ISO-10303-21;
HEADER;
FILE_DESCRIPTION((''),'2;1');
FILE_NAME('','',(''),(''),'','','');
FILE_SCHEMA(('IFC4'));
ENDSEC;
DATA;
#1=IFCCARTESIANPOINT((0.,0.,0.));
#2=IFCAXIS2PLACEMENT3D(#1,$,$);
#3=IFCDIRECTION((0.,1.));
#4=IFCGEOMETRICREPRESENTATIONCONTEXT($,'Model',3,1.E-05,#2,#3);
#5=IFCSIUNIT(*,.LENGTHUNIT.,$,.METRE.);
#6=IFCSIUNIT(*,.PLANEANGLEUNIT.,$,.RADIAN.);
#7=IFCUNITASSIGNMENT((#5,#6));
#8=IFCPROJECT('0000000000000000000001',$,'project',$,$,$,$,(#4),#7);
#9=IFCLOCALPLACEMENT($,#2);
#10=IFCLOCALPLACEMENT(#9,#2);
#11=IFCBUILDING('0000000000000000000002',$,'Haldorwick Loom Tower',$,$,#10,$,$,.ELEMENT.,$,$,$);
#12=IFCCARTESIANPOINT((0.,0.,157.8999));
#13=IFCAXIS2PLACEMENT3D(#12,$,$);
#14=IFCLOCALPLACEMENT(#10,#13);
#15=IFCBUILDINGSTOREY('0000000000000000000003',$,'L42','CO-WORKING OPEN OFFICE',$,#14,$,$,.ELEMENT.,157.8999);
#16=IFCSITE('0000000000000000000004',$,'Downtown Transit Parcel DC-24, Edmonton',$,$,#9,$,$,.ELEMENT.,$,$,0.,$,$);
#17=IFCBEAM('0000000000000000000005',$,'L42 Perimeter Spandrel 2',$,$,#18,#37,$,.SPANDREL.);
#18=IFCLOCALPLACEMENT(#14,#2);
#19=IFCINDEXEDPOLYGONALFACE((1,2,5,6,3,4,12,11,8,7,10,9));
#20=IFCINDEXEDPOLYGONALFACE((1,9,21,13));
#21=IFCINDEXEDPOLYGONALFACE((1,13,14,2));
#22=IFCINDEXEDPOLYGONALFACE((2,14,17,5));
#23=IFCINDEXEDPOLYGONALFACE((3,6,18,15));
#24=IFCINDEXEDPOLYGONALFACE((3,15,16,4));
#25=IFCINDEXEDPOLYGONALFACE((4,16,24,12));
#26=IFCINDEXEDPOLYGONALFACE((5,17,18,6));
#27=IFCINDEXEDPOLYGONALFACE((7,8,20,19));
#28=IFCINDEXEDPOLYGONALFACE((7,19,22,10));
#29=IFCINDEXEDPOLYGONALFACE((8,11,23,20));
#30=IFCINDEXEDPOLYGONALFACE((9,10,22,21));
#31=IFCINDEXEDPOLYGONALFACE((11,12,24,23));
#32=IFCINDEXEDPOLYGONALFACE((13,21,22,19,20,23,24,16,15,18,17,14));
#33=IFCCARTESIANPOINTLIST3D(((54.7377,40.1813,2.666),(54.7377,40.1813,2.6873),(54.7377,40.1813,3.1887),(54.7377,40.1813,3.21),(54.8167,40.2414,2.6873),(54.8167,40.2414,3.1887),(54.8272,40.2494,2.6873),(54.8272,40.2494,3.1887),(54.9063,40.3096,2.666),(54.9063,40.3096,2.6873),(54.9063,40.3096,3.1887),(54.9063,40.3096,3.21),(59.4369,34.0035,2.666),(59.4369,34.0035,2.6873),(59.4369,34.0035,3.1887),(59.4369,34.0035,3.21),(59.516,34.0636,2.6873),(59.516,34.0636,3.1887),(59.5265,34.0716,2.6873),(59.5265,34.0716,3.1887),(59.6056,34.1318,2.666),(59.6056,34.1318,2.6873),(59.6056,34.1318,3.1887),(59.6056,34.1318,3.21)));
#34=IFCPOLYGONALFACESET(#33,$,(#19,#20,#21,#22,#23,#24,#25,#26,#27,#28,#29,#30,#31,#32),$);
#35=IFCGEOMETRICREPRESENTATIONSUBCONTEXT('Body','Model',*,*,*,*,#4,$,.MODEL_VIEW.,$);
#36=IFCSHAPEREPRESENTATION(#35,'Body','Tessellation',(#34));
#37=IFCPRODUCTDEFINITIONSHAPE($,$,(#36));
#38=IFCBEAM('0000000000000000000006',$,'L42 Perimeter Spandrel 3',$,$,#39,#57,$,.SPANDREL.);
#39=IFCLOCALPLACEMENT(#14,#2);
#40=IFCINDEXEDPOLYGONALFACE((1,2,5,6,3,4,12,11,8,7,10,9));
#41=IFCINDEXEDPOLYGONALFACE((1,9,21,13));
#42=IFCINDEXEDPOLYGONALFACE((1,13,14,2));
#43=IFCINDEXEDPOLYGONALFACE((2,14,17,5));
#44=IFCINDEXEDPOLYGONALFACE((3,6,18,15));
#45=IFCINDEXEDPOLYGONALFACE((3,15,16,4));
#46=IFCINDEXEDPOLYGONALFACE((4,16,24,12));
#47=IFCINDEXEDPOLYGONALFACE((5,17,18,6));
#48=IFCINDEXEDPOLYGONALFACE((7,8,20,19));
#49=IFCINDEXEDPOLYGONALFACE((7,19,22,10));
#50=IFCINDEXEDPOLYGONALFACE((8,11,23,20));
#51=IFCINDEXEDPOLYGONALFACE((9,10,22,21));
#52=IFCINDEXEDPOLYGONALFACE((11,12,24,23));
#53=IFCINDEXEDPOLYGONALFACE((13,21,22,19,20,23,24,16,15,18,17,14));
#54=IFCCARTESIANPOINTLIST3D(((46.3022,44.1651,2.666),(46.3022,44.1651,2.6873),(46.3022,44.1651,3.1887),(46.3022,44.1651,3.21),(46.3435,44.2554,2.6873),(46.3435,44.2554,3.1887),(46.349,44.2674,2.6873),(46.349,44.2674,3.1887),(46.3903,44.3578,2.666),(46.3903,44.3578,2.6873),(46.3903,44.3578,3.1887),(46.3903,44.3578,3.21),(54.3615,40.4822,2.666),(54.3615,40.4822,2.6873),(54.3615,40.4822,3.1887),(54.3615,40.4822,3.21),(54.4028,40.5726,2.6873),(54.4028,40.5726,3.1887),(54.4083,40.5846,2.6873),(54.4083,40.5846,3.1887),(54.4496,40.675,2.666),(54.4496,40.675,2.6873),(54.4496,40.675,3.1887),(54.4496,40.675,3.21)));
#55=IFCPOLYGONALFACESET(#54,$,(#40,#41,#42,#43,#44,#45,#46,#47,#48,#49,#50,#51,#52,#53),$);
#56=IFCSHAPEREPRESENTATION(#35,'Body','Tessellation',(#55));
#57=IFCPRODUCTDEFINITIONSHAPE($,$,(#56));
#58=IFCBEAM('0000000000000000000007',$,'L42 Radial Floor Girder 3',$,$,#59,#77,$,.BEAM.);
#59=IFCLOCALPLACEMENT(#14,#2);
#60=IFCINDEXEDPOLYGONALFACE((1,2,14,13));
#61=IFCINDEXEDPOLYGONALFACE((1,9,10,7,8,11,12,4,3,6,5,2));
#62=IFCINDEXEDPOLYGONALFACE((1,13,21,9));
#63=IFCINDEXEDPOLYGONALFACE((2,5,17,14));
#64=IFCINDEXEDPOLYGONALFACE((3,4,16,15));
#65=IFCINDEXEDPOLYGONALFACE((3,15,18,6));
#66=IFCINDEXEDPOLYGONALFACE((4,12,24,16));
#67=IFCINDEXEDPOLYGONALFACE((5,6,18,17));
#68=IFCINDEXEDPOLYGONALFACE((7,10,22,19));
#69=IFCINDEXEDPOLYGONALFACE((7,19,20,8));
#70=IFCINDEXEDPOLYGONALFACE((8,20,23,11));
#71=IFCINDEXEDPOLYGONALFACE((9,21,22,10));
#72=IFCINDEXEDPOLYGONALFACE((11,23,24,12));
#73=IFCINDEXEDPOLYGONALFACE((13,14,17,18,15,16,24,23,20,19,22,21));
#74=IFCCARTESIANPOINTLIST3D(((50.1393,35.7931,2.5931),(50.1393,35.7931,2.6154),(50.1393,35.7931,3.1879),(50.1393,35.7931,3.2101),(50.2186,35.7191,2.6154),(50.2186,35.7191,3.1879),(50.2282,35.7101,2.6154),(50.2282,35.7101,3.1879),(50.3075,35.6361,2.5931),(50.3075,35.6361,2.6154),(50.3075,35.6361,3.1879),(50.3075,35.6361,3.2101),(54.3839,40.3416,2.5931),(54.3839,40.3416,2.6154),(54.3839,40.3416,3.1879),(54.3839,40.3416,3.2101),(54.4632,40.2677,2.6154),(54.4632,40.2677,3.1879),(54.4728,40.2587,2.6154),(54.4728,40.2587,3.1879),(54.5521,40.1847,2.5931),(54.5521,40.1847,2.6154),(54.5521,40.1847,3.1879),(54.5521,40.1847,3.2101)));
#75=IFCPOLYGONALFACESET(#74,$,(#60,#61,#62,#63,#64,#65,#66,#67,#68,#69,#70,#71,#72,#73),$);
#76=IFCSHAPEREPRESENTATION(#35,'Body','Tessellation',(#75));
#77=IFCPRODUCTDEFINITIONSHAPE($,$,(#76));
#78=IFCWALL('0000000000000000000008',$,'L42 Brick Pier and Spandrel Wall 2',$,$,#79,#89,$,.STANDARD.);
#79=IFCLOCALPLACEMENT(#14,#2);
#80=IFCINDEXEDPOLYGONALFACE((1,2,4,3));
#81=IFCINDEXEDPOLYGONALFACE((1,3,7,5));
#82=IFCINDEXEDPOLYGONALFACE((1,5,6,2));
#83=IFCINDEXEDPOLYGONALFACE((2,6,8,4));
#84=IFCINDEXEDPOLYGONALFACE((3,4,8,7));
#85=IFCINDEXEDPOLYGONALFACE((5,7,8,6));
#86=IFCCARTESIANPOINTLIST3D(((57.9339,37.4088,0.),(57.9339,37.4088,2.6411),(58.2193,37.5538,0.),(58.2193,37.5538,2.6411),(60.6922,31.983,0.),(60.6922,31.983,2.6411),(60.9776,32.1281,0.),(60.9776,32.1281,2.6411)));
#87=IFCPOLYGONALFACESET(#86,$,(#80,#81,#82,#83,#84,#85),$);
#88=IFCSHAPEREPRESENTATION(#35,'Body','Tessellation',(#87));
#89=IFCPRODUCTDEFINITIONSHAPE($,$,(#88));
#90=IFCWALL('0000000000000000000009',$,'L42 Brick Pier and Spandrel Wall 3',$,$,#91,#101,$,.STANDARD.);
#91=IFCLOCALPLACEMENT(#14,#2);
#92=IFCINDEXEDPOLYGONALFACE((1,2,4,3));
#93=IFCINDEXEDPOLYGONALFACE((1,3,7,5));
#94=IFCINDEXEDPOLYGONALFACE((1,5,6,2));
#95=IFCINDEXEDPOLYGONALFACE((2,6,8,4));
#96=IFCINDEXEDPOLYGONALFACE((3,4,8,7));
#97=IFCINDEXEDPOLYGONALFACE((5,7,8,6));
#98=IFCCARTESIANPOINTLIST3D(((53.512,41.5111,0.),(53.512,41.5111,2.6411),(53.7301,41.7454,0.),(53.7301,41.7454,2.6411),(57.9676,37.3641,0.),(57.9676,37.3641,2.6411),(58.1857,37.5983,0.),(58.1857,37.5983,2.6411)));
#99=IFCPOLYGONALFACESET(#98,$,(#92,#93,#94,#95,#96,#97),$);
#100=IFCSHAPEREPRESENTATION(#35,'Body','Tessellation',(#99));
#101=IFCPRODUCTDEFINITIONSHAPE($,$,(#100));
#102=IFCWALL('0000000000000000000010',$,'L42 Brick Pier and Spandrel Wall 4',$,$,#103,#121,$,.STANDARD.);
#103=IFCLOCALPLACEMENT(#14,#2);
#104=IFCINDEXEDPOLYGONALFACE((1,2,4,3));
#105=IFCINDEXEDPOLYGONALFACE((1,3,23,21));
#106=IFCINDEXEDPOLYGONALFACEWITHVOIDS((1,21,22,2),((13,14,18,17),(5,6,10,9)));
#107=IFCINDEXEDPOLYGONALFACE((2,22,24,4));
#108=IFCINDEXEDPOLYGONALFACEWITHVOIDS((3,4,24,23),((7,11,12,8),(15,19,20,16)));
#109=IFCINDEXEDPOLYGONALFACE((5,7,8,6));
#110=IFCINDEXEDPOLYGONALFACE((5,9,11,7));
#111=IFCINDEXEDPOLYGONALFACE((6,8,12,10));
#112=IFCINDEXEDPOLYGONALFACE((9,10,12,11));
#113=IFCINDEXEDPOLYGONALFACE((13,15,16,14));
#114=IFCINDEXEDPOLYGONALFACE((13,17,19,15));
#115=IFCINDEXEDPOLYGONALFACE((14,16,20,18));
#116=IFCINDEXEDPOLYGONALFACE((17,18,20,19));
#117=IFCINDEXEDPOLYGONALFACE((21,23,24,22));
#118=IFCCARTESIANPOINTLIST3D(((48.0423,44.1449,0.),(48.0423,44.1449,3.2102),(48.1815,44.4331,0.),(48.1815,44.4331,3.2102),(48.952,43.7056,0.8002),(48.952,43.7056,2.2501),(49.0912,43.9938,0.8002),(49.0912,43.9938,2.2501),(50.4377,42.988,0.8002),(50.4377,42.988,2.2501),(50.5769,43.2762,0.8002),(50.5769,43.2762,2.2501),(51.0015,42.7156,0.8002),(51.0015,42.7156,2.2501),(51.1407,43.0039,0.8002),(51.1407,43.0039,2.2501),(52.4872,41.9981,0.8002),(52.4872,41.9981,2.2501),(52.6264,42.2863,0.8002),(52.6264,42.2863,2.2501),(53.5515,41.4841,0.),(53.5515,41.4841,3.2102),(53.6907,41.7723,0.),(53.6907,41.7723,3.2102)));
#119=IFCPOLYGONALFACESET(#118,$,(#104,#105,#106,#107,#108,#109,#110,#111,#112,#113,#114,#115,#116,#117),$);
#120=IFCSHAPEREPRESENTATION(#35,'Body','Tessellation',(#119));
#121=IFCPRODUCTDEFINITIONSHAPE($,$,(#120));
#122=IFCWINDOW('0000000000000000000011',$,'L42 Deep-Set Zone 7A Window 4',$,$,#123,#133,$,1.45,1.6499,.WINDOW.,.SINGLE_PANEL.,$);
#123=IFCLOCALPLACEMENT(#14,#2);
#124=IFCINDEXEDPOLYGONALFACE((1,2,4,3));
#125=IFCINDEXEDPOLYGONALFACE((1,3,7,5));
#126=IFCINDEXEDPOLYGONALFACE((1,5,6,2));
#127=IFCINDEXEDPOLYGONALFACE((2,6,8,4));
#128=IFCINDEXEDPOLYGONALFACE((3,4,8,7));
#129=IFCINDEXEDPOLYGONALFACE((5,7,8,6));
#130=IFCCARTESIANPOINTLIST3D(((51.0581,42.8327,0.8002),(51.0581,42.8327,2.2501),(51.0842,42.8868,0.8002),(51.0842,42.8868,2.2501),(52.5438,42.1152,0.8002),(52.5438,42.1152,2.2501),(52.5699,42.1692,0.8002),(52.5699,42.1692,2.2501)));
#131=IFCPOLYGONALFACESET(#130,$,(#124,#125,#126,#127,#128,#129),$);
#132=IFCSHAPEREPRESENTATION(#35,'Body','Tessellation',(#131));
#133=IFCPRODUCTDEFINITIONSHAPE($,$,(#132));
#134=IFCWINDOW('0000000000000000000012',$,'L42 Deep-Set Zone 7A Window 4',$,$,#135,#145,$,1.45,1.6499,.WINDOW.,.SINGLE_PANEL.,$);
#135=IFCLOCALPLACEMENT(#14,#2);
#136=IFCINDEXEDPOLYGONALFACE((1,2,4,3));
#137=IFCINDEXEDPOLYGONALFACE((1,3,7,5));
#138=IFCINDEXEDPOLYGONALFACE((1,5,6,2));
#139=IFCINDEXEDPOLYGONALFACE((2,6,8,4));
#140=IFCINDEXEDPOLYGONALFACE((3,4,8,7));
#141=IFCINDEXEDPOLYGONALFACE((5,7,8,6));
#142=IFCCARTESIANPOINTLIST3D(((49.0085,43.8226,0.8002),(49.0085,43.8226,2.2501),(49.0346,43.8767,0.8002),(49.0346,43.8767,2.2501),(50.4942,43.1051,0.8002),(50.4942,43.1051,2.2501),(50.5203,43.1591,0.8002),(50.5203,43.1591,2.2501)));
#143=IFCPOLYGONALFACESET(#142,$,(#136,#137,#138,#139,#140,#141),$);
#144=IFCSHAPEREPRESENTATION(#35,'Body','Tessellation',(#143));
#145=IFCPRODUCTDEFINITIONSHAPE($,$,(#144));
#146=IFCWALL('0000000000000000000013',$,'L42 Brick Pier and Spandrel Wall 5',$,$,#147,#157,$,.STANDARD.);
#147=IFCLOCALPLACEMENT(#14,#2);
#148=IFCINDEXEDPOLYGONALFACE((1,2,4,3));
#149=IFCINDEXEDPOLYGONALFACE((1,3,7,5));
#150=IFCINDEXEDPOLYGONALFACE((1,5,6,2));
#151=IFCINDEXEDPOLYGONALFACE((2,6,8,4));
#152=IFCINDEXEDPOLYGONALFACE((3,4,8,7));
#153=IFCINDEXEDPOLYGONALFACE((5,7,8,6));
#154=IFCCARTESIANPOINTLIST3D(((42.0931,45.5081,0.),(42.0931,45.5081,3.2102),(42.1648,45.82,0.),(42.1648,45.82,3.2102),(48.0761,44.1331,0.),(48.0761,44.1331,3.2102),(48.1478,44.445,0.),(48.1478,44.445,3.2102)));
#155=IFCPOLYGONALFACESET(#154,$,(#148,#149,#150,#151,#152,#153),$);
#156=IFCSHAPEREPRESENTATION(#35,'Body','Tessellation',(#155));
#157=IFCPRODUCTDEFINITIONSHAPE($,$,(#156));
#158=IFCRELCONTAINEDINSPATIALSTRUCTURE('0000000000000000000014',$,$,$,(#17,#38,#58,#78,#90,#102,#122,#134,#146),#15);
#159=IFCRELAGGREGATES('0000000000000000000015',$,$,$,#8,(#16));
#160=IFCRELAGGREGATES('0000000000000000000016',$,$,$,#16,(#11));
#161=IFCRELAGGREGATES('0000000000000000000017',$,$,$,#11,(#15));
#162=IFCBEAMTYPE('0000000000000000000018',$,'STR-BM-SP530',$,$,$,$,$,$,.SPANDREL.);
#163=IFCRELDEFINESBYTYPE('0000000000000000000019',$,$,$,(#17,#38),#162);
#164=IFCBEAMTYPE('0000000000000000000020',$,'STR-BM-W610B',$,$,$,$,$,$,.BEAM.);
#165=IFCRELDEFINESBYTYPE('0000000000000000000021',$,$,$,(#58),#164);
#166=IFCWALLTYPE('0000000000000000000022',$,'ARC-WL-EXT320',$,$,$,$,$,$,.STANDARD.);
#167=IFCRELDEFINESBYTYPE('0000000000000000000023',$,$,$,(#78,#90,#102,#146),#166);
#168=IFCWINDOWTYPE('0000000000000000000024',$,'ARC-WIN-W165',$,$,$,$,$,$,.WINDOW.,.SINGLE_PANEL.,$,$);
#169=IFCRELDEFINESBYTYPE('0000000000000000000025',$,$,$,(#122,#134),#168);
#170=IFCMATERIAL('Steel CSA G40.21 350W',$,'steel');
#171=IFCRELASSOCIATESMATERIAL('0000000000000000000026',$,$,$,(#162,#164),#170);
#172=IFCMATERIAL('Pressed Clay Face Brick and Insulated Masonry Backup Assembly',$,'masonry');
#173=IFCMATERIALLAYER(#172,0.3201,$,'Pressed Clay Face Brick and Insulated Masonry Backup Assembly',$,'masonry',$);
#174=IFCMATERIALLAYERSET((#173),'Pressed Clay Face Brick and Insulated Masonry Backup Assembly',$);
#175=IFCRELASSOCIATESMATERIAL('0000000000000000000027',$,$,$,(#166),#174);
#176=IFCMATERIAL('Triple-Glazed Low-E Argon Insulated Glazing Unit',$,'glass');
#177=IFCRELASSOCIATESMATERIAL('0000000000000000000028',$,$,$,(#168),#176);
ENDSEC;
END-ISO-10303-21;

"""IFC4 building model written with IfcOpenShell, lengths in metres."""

from ifc_helpers import new_model, si_unit, direction, frame, frame_2d, origin, origin_2d, place, context, subcontext, project, spatial, rectangle, i_section, extrude, material, layer, layer_set, material_profile, profile_set, type_object, element, fill, save


model = new_model("IFC4")

# Units and contexts
model_context = context("Model", 3, precision=1e-05, world=origin(), true_north=direction((0.0, 1.0)))
body_context = subcontext(model_context, "Body", "Model", "MODEL_VIEW")
ifc_project = project(units=[si_unit("LENGTHUNIT", "METRE"), si_unit("PLANEANGLEUNIT", "RADIAN")], contexts=[model_context])

# Site, building, storey
site_placement = place(None, origin())
site = spatial("IfcSite", under=ifc_project, at=site_placement, Name="Downtown Transit Parcel DC-24, Edmonton", CompositionType="ELEMENT", RefElevation=0.0)
building_placement = place(site_placement, origin())
building = spatial("IfcBuilding", under=site, at=building_placement, Name="Haldorwick Loom Tower", CompositionType="ELEMENT")
storey_placement = place(building_placement, frame((0.0, 0.0, 157.8999)))
storey = spatial("IfcBuildingStorey", under=building, at=storey_placement, Name="L42", Description="CO-WORKING OPEN OFFICE", CompositionType="ELEMENT", Elevation=157.8999)

# Beams
ifc_material_1 = material(Name="Steel CSA G40.21 350W", Category="steel")
ifc_material_profile_1 = material_profile(ifc_material_1, i_section(OverallWidth=0.2119, OverallDepth=0.5439, WebThickness=0.0132, FlangeThickness=0.0212, at=origin_2d()), Name="W530X123", Category="steel")
ifc_profile_set_1 = profile_set([ifc_material_profile_1], Name="Steel CSA G40.21 350W")
beam_type_1 = type_object("IfcBeamType", Name="STR-BM-SP530", PredefinedType="SPANDREL", material=ifc_profile_set_1)
beam_1_placement = place(storey_placement, frame((59.5212, 34.0676, 2.938), z_axis=(-0.605421, 0.795905, 0.0), x_axis=(-0.795905, -0.605421, 0.0)))
element("IfcBeam", 1, at=beam_1_placement, inside=storey, type_object=beam_type_1, Name="L42 Perimeter Spandrel 2", PredefinedType="SPANDREL", context=body_context, shape_type="SweptSolid", body=[
    extrude(i_section(OverallWidth=0.2119, OverallDepth=0.5439, WebThickness=0.0132, FlangeThickness=0.0212, at=origin_2d()), origin(), (0.0, 0.0, 1.0), 7.762),
])
beam_2_placement = place(storey_placement, frame((54.4055, 40.5786, 2.938), z_axis=(-0.909534, 0.415629, 0.0), x_axis=(-0.415629, -0.909534, 0.0)))
element("IfcBeam", 2, at=beam_2_placement, inside=storey, type_object=beam_type_1, Name="L42 Perimeter Spandrel 3", PredefinedType="SPANDREL", context=body_context, shape_type="SweptSolid", body=[
    extrude(i_section(OverallWidth=0.2119, OverallDepth=0.5439, WebThickness=0.0132, FlangeThickness=0.0212, at=origin_2d()), origin(), (0.0, 0.0, 1.0), 8.8608),
])
ifc_material_profile_2 = material_profile(ifc_material_1, i_section(OverallWidth=0.23, OverallDepth=0.6169, WebThickness=0.0132, FlangeThickness=0.0222, at=origin_2d()), Name="W610X140", Category="steel")
ifc_profile_set_2 = profile_set([ifc_material_profile_2], Name="Steel CSA G40.21 350W")
beam_type_2 = type_object("IfcBeamType", Name="STR-BM-W610B", PredefinedType="BEAM", material=ifc_profile_set_2)
beam_3_placement = place(storey_placement, frame((50.2234, 35.7146, 2.9016), z_axis=(0.682257, 0.731113, 0.0), x_axis=(-0.731113, 0.682257, 0.0)))
element("IfcBeam", 3, at=beam_3_placement, inside=storey, type_object=beam_type_2, Name="L42 Radial Floor Girder 3", PredefinedType="BEAM", context=body_context, shape_type="SweptSolid", body=[
    extrude(i_section(OverallWidth=0.23, OverallDepth=0.6169, WebThickness=0.0132, FlangeThickness=0.0222, at=origin_2d()), origin(), (0.0, 0.0, 1.0), 6.2214),
])

# Walls
ifc_material_2 = material(Name="Pressed Clay Face Brick and Insulated Masonry Backup Assembly", Category="masonry")
ifc_layer_1 = layer(ifc_material_2, 0.3201, Name="Pressed Clay Face Brick and Insulated Masonry Backup Assembly", Category="masonry")
ifc_layer_set_1 = layer_set([ifc_layer_1], Name="Pressed Clay Face Brick and Insulated Masonry Backup Assembly")
wall_type_1 = type_object("IfcWallType", Name="ARC-WL-EXT320", PredefinedType="STANDARD", material=ifc_layer_set_1)
wall_1_placement = place(storey_placement, frame((60.835, 32.0554, 0.0), z_axis=(0.0, 0.0, 1.0), x_axis=(-0.453172, 0.891423, 0.0)))
element("IfcWall", 4, at=wall_1_placement, inside=storey, type_object=wall_type_1, Name="L42 Brick Pier and Spandrel Wall 2", PredefinedType="STANDARD", context=body_context, shape_type="SweptSolid", body=[
    extrude(rectangle(XDim=6.0867, YDim=0.3201, at=frame_2d((3.0435, 0.0))), origin(), (0.0, 0.0, 1.0), 2.6411),
])
wall_2_placement = place(storey_placement, frame((58.0767, 37.4812, 0.0), z_axis=(0.0, 0.0, 1.0), x_axis=(-0.732002, 0.681303, 0.0)))
element("IfcWall", 5, at=wall_2_placement, inside=storey, type_object=wall_type_1, Name="L42 Brick Pier and Spandrel Wall 3", PredefinedType="STANDARD", context=body_context, shape_type="SweptSolid", body=[
    extrude(rectangle(XDim=6.0869, YDim=0.3201, at=frame_2d((3.0435, 0.0))), origin(), (0.0, 0.0, 1.0), 2.6411),
])

# Wall, openings, windows
wall_3_placement = place(storey_placement, frame((53.6211, 41.6282, 0.0), z_axis=(0.0, 0.0, 1.0), x_axis=(-0.900472, 0.434913, 0.0)))
wall_3 = element("IfcWall", 6, at=wall_3_placement, inside=storey, type_object=wall_type_1, Name="L42 Brick Pier and Spandrel Wall 4", PredefinedType="STANDARD", context=body_context, shape_type="SweptSolid", body=[
    extrude(rectangle(XDim=6.1182, YDim=0.3201, at=frame_2d((3.0591, 0.0))), origin(), (0.0, 0.0, 1.0), 3.2102),
])
opening_1_placement = place(wall_3_placement, frame((1.1819, 0.0, 0.8)))
opening_1 = element("IfcOpeningElement", 7, at=opening_1_placement, cuts=wall_3, PredefinedType="OPENING", context=body_context, shape_type="SweptSolid", body=[
    extrude(rectangle(XDim=1.6499, YDim=1.45, at=frame_2d((0.825, 0.7251))), frame((0.0, 0.1699, 0.0), z_axis=(0.0, -1.0, 0.0), x_axis=(1.0, 0.0, 0.0)), (0.0, 0.0, 1.0), 0.3401),
])
opening_2_placement = place(wall_3_placement, frame((3.458, 0.0, 0.8)))
opening_2 = element("IfcOpeningElement", 8, at=opening_2_placement, cuts=wall_3, PredefinedType="OPENING", context=body_context, shape_type="SweptSolid", body=[
    extrude(rectangle(XDim=1.6499, YDim=1.45, at=frame_2d((0.825, 0.7251))), frame((0.0, 0.1699, 0.0), z_axis=(0.0, -1.0, 0.0), x_axis=(1.0, 0.0, 0.0)), (0.0, 0.0, 1.0), 0.3401),
])
ifc_material_3 = material(Name="Triple-Glazed Low-E Argon Insulated Glazing Unit", Category="glass")
window_type = type_object("IfcWindowType", Name="ARC-WIN-W165", PartitioningType="SINGLE_PANEL", PredefinedType="WINDOW", material=ifc_material_3)
window_1_placement = place(opening_1_placement, origin())
window_1 = element("IfcWindow", 9, at=window_1_placement, inside=storey, type_object=window_type, Name="L42 Deep-Set Zone 7A Window 4", OverallHeight=1.45, OverallWidth=1.6499, PartitioningType="SINGLE_PANEL", PredefinedType="WINDOW", context=body_context, shape_type="SweptSolid", body=[
    extrude(rectangle(XDim=1.6499, YDim=1.45, at=frame_2d((0.825, 0.7251))), frame((0.0, 0.03, 0.0), z_axis=(0.0, -1.0, 0.0), x_axis=(1.0, 0.0, 0.0)), (0.0, 0.0, 1.0), 0.0601),
])
fill(opening_1, window_1)
window_2_placement = place(opening_2_placement, origin())
window_2 = element("IfcWindow", 10, at=window_2_placement, inside=storey, type_object=window_type, Name="L42 Deep-Set Zone 7A Window 4", OverallHeight=1.45, OverallWidth=1.6499, PartitioningType="SINGLE_PANEL", PredefinedType="WINDOW", context=body_context, shape_type="SweptSolid", body=[
    extrude(rectangle(XDim=1.6499, YDim=1.45, at=frame_2d((0.825, 0.7251))), frame((0.0, 0.03, 0.0), z_axis=(0.0, -1.0, 0.0), x_axis=(1.0, 0.0, 0.0)), (0.0, 0.0, 1.0), 0.0601),
])
fill(opening_2, window_2)

# Wall
wall_4_placement = place(storey_placement, frame((48.1118, 44.2891, 0.0), z_axis=(0.0, 0.0, 1.0), x_axis=(-0.974593, 0.223982, 0.0)))
element("IfcWall", 11, at=wall_4_placement, inside=storey, type_object=wall_type_1, Name="L42 Brick Pier and Spandrel Wall 5", PredefinedType="STANDARD", context=body_context, shape_type="SweptSolid", body=[
    extrude(rectangle(XDim=6.1389, YDim=0.3201, at=frame_2d((3.0693, 0.0))), origin(), (0.0, 0.0, 1.0), 3.2102),
])

save(model, "model.ifc")
